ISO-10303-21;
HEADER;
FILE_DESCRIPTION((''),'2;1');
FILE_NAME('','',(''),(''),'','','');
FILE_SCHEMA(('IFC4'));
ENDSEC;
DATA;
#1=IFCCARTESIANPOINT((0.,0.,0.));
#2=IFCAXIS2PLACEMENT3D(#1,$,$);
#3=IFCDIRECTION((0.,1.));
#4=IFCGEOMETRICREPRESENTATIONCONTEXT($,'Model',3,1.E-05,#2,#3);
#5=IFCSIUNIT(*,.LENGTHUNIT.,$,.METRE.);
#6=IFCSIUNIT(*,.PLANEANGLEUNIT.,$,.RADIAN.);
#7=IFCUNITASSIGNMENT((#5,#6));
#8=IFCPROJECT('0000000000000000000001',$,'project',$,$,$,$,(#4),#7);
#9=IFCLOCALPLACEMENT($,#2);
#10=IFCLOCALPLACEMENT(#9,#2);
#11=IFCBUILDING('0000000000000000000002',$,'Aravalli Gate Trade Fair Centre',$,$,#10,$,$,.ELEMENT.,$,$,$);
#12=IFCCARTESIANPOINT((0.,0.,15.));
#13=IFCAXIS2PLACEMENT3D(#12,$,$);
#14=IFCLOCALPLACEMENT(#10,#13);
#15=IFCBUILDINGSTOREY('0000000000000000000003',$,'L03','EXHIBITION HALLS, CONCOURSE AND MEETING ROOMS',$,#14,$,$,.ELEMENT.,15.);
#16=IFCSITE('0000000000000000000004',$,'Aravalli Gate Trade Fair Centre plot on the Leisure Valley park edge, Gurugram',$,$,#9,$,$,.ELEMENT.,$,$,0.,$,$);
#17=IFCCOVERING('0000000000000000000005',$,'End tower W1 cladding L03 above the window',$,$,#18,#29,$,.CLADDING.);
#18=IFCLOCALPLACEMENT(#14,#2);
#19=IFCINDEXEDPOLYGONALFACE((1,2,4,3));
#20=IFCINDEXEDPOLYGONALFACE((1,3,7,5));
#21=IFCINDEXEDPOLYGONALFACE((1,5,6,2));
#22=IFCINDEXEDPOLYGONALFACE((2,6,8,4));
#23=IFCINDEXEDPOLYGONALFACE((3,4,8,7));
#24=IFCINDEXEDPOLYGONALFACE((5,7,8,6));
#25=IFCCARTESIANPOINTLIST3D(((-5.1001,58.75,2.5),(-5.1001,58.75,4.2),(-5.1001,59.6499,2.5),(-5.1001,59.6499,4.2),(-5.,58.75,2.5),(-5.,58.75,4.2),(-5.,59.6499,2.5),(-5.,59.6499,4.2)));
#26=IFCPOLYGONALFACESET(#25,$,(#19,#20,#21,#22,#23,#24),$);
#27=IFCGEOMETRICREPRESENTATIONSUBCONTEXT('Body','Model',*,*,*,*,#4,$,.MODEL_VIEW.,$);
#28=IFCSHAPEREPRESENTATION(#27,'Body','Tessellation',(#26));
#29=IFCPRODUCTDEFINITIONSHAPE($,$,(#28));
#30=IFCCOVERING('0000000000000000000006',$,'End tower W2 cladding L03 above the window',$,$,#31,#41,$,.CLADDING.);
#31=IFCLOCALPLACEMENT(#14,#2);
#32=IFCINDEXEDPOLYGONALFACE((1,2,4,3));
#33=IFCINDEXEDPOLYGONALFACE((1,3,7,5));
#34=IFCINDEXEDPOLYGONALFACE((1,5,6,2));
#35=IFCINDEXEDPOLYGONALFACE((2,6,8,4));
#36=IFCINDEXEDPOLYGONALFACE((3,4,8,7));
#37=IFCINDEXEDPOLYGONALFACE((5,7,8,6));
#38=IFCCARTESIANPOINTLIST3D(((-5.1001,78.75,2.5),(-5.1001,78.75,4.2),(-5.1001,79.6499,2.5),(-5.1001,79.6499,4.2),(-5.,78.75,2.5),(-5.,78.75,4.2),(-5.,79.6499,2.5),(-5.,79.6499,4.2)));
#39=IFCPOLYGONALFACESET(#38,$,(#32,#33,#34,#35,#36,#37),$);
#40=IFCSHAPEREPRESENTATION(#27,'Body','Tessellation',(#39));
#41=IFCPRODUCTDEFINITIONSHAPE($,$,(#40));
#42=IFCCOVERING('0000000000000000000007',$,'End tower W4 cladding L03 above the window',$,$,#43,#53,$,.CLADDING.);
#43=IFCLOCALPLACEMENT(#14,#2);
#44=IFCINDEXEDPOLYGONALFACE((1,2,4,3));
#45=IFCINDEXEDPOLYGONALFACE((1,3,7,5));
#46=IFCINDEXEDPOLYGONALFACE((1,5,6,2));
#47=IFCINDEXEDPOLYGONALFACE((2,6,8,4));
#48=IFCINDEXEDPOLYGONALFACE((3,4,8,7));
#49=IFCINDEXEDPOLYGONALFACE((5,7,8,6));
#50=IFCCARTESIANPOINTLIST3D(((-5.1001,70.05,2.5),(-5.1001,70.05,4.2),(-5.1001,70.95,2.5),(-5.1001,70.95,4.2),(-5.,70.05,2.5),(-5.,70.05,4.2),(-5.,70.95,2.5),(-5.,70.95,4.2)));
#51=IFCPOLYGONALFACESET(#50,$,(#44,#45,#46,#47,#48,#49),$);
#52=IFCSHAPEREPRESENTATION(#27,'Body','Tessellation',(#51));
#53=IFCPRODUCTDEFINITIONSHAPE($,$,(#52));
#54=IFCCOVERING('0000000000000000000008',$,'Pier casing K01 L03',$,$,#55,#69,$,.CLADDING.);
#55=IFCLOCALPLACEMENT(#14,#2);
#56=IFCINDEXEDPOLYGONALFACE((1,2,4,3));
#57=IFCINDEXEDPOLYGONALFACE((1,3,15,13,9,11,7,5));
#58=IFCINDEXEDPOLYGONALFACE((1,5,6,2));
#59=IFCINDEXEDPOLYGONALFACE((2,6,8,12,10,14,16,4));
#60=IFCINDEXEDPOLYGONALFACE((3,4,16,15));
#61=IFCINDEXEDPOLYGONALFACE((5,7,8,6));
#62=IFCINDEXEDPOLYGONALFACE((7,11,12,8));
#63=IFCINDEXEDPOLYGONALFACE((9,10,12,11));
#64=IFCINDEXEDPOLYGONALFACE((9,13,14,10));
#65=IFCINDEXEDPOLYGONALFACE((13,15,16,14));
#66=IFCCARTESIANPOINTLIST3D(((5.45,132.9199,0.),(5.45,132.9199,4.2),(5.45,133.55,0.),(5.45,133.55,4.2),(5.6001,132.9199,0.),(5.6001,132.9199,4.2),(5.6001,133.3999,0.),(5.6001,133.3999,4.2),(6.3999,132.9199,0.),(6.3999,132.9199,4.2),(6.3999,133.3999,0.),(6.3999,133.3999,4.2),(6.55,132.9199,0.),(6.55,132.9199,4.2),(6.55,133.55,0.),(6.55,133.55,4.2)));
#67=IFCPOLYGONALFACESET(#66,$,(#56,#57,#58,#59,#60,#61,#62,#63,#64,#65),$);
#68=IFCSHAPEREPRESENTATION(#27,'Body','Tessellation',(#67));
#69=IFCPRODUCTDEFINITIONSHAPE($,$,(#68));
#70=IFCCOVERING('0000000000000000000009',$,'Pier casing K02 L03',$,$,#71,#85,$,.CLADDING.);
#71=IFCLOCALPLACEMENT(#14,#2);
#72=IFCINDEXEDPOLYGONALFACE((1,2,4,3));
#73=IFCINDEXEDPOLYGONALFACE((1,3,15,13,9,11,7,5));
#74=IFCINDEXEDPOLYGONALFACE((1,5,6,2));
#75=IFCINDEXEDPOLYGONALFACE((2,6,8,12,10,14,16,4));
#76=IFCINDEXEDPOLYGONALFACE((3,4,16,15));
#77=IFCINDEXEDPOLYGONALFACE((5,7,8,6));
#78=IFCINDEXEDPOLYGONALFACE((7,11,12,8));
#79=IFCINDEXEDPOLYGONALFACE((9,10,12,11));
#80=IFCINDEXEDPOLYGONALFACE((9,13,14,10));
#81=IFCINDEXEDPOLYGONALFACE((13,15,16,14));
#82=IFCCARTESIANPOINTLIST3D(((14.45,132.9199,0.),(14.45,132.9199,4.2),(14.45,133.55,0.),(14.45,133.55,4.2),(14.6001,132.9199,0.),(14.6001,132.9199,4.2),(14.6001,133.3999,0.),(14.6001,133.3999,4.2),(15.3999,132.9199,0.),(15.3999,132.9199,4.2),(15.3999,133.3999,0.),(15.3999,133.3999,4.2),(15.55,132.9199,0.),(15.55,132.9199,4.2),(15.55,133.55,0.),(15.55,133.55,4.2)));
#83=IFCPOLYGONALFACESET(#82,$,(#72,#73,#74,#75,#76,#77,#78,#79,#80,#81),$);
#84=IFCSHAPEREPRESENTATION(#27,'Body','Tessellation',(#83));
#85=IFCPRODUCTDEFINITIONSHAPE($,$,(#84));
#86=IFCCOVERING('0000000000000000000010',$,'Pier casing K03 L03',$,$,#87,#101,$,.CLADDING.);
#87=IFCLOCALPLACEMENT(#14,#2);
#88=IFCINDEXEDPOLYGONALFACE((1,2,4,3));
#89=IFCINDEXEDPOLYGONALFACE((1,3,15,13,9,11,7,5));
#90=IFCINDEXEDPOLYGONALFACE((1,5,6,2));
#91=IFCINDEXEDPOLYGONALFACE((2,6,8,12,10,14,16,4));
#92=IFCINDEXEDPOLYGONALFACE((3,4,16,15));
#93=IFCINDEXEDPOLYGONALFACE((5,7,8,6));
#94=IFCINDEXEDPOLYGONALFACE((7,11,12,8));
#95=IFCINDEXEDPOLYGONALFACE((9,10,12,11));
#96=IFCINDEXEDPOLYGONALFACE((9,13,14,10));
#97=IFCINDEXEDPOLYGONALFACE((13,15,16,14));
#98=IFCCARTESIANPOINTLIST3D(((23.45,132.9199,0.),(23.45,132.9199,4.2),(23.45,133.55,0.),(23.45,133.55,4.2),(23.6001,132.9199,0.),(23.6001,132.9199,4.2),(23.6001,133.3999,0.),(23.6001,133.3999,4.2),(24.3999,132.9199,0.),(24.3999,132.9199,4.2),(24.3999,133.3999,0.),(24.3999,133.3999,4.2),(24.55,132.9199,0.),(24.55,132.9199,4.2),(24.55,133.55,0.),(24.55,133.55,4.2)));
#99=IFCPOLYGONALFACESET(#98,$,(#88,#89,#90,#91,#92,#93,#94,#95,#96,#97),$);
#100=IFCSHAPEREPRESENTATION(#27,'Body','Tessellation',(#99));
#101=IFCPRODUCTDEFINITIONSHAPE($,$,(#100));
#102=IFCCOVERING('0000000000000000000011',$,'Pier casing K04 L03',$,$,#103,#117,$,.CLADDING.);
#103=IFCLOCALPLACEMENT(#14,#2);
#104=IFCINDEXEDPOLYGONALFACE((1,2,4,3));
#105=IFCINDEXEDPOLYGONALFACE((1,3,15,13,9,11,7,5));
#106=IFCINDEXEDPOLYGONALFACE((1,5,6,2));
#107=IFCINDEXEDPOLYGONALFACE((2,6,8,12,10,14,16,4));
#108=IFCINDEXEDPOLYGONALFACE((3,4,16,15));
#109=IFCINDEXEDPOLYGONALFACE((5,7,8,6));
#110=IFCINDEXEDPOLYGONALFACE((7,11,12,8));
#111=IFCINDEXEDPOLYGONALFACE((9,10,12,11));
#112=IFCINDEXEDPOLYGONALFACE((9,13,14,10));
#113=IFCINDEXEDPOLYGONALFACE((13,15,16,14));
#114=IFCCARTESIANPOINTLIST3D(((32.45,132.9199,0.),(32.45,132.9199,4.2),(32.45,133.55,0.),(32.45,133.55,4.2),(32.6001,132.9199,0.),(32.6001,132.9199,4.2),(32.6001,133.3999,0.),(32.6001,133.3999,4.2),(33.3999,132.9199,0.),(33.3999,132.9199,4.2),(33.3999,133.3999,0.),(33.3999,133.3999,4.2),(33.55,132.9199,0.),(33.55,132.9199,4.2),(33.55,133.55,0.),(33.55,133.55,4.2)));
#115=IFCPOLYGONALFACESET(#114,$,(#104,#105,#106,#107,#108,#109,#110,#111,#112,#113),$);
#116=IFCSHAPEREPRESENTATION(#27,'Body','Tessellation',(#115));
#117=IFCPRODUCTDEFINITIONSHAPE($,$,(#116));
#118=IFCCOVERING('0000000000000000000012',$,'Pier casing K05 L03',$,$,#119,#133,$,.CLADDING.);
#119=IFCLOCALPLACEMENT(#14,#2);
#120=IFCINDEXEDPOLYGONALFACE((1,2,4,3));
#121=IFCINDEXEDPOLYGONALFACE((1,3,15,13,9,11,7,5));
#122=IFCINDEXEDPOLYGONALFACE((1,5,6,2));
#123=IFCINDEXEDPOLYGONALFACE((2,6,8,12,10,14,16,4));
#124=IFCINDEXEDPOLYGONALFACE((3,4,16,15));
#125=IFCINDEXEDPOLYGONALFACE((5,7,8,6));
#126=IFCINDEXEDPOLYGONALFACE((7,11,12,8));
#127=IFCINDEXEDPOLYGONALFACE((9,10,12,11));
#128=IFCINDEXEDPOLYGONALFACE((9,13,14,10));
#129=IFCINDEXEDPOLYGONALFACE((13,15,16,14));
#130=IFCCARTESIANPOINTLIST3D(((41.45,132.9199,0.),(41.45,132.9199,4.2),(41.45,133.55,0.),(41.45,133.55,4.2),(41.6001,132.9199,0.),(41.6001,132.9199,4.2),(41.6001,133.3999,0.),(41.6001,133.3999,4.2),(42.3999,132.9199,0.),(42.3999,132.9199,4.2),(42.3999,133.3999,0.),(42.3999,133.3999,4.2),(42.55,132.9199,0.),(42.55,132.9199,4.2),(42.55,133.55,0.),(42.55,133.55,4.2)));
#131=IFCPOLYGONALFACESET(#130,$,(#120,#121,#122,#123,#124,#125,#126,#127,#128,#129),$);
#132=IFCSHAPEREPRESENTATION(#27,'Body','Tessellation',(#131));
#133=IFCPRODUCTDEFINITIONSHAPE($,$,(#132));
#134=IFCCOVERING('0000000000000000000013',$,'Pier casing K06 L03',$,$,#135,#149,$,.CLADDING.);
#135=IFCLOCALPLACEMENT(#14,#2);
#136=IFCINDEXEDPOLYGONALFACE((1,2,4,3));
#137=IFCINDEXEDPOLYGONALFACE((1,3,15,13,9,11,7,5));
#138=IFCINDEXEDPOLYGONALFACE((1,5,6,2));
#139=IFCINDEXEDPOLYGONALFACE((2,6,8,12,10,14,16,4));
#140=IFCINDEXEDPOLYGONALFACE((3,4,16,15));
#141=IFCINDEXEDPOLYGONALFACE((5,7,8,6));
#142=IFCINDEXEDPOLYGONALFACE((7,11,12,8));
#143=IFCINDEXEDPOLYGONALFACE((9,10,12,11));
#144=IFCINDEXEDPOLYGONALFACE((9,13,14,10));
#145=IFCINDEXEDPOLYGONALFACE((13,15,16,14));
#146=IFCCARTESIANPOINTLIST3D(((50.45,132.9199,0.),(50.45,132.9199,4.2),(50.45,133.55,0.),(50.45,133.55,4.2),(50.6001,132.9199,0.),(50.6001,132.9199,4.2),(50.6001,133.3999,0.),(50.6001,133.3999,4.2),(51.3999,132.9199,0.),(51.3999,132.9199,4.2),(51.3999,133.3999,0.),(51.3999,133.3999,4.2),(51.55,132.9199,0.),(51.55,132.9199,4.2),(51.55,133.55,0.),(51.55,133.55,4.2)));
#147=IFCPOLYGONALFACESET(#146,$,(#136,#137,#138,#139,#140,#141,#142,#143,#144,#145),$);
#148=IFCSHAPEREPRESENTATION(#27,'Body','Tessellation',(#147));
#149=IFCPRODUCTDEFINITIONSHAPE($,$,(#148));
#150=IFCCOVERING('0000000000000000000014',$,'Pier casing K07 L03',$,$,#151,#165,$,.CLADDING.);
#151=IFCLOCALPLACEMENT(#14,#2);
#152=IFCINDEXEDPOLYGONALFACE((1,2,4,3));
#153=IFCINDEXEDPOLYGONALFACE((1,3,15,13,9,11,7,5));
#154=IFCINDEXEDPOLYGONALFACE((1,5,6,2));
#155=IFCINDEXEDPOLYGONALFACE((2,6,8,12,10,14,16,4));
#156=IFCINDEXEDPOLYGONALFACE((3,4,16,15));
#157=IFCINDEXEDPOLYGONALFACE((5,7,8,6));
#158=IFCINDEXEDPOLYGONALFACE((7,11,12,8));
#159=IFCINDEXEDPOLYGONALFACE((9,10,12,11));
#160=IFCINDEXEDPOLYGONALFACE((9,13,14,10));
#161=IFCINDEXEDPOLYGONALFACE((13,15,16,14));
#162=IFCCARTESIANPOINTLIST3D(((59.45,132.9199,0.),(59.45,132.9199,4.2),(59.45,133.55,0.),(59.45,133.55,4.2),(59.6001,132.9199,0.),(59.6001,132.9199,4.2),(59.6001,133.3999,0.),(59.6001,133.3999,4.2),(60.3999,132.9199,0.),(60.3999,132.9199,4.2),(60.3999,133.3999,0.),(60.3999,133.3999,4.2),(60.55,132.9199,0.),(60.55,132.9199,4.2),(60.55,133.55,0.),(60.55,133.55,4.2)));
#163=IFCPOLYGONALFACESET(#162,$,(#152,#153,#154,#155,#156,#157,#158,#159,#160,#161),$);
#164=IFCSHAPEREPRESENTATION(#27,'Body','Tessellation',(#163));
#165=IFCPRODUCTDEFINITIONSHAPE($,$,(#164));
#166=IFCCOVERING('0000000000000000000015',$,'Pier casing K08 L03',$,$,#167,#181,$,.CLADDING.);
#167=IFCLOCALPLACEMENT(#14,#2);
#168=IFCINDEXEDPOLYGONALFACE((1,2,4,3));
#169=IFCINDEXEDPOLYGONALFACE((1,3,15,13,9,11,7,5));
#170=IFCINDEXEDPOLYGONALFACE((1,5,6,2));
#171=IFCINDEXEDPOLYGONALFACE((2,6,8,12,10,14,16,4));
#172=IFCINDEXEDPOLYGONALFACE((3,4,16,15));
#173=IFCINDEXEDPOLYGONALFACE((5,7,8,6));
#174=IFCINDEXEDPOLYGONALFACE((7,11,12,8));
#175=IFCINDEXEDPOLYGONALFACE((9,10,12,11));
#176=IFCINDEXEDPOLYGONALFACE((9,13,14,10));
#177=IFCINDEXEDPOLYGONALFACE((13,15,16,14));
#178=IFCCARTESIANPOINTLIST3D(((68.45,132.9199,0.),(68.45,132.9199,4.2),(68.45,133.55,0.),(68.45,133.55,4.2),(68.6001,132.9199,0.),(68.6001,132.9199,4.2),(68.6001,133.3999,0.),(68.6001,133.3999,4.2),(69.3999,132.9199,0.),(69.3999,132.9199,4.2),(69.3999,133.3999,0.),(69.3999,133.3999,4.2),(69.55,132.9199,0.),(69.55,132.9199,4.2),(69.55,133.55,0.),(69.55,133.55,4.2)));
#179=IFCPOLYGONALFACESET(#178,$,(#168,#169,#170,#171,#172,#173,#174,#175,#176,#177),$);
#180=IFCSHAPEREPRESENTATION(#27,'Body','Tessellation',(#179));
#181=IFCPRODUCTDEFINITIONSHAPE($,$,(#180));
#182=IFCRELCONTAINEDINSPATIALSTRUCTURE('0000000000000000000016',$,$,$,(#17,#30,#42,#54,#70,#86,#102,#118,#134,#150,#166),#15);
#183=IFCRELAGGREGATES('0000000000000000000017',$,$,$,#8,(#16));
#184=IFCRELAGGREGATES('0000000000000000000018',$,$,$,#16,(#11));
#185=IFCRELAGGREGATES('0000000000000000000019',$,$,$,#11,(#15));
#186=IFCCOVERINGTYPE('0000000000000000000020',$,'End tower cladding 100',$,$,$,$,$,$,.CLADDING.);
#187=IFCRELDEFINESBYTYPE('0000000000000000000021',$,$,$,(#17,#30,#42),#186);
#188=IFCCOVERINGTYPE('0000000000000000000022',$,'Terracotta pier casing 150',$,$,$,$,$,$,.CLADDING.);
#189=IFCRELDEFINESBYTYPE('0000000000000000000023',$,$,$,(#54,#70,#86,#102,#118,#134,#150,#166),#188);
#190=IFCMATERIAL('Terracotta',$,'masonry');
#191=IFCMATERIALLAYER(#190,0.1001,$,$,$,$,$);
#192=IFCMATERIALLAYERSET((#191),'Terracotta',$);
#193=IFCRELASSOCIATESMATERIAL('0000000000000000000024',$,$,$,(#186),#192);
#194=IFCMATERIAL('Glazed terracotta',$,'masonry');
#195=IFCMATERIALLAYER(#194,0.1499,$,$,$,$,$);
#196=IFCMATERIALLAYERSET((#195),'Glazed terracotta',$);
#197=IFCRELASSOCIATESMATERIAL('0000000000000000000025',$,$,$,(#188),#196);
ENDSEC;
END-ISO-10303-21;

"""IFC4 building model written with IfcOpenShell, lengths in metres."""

from ifc_helpers import new_model, si_unit, direction, frame, origin, place, context, subcontext, project, spatial, polyline, outline, extrude, material, layer, layer_set, type_object, element, save


model = new_model("IFC4")

# Units and contexts
model_context = context("Model", 3, precision=1e-05, world=origin(), true_north=direction((0.0, 1.0)))
body_context = subcontext(model_context, "Body", "Model", "MODEL_VIEW")
ifc_project = project(units=[si_unit("LENGTHUNIT", "METRE"), si_unit("PLANEANGLEUNIT", "RADIAN")], contexts=[model_context])

# Site, building, storey
site_placement = place(None, origin())
site = spatial("IfcSite", under=ifc_project, at=site_placement, Name="Aravalli Gate Trade Fair Centre plot on the Leisure Valley park edge, Gurugram", CompositionType="ELEMENT", RefElevation=0.0)
building_placement = place(site_placement, origin())
building = spatial("IfcBuilding", under=site, at=building_placement, Name="Aravalli Gate Trade Fair Centre", CompositionType="ELEMENT")
storey_placement = place(building_placement, frame((0.0, 0.0, 15.0)))
storey = spatial("IfcBuildingStorey", under=building, at=storey_placement, Name="L03", Description="EXHIBITION HALLS, CONCOURSE AND MEETING ROOMS", CompositionType="ELEMENT", Elevation=15.0)

# Coverings
ifc_material_1 = material(Name="Terracotta", Category="masonry")
ifc_layer_1 = layer(ifc_material_1, 0.1001)
ifc_layer_set_1 = layer_set([ifc_layer_1], Name="Terracotta")
covering_type_1 = type_object("IfcCoveringType", Name="End tower cladding 100", PredefinedType="CLADDING", material=ifc_layer_set_1)
covering_1_placement = place(storey_placement, frame((0.0, 0.0, 2.5)))
element("IfcCovering", 1, at=covering_1_placement, inside=storey, type_object=covering_type_1, Name="End tower W1 cladding L03 above the window", PredefinedType="CLADDING", context=body_context, shape_type="SweptSolid", body=[
    extrude(outline(polyline([(-5.0, 58.75), (-5.1001, 58.75), (-5.1001, 59.6499), (-5.0, 59.6499), (-5.0, 58.75)])), origin(), (0.0, 0.0, 1.0), 1.7),
])
covering_2_placement = place(storey_placement, frame((0.0, 0.0, 2.5)))
element("IfcCovering", 2, at=covering_2_placement, inside=storey, type_object=covering_type_1, Name="End tower W2 cladding L03 above the window", PredefinedType="CLADDING", context=body_context, shape_type="SweptSolid", body=[
    extrude(outline(polyline([(-5.0, 78.75), (-5.1001, 78.75), (-5.1001, 79.6499), (-5.0, 79.6499), (-5.0, 78.75)])), origin(), (0.0, 0.0, 1.0), 1.7),
])
covering_3_placement = place(storey_placement, frame((0.0, 0.0, 2.5)))
element("IfcCovering", 3, at=covering_3_placement, inside=storey, type_object=covering_type_1, Name="End tower W4 cladding L03 above the window", PredefinedType="CLADDING", context=body_context, shape_type="SweptSolid", body=[
    extrude(outline(polyline([(-5.0, 70.05), (-5.1001, 70.05), (-5.1001, 70.95), (-5.0, 70.95), (-5.0, 70.05)])), origin(), (0.0, 0.0, 1.0), 1.7),
])
ifc_material_2 = material(Name="Glazed terracotta", Category="masonry")
ifc_layer_2 = layer(ifc_material_2, 0.1499)
ifc_layer_set_2 = layer_set([ifc_layer_2], Name="Glazed terracotta")
covering_type_2 = type_object("IfcCoveringType", Name="Terracotta pier casing 150", PredefinedType="CLADDING", material=ifc_layer_set_2)
covering_4_placement = place(storey_placement, origin())
element("IfcCovering", 4, at=covering_4_placement, inside=storey, type_object=covering_type_2, Name="Pier casing K01 L03", PredefinedType="CLADDING", context=body_context, shape_type="SweptSolid", body=[
    extrude(outline(polyline([(5.45, 132.9199), (5.6001, 132.9199), (5.6001, 133.3999), (6.3999, 133.3999), (6.3999, 132.9199), (6.55, 132.9199), (6.55, 133.55), (5.45, 133.55), (5.45, 132.9199)])), origin(), (0.0, 0.0, 1.0), 4.2),
])
covering_5_placement = place(storey_placement, origin())
element("IfcCovering", 5, at=covering_5_placement, inside=storey, type_object=covering_type_2, Name="Pier casing K02 L03", PredefinedType="CLADDING", context=body_context, shape_type="SweptSolid", body=[
    extrude(outline(polyline([(14.45, 132.9199), (14.6001, 132.9199), (14.6001, 133.3999), (15.3999, 133.3999), (15.3999, 132.9199), (15.55, 132.9199), (15.55, 133.55), (14.45, 133.55), (14.45, 132.9199)])), origin(), (0.0, 0.0, 1.0), 4.2),
])
covering_6_placement = place(storey_placement, origin())
element("IfcCovering", 6, at=covering_6_placement, inside=storey, type_object=covering_type_2, Name="Pier casing K03 L03", PredefinedType="CLADDING", context=body_context, shape_type="SweptSolid", body=[
    extrude(outline(polyline([(23.45, 132.9199), (23.6001, 132.9199), (23.6001, 133.3999), (24.3999, 133.3999), (24.3999, 132.9199), (24.55, 132.9199), (24.55, 133.55), (23.45, 133.55), (23.45, 132.9199)])), origin(), (0.0, 0.0, 1.0), 4.2),
])
covering_7_placement = place(storey_placement, origin())
element("IfcCovering", 7, at=covering_7_placement, inside=storey, type_object=covering_type_2, Name="Pier casing K04 L03", PredefinedType="CLADDING", context=body_context, shape_type="SweptSolid", body=[
    extrude(outline(polyline([(32.45, 132.9199), (32.6001, 132.9199), (32.6001, 133.3999), (33.3999, 133.3999), (33.3999, 132.9199), (33.55, 132.9199), (33.55, 133.55), (32.45, 133.55), (32.45, 132.9199)])), origin(), (0.0, 0.0, 1.0), 4.2),
])
covering_8_placement = place(storey_placement, origin())
element("IfcCovering", 8, at=covering_8_placement, inside=storey, type_object=covering_type_2, Name="Pier casing K05 L03", PredefinedType="CLADDING", context=body_context, shape_type="SweptSolid", body=[
    extrude(outline(polyline([(41.45, 132.9199), (41.6001, 132.9199), (41.6001, 133.3999), (42.3999, 133.3999), (42.3999, 132.9199), (42.55, 132.9199), (42.55, 133.55), (41.45, 133.55), (41.45, 132.9199)])), origin(), (0.0, 0.0, 1.0), 4.2),
])
covering_9_placement = place(storey_placement, origin())
element("IfcCovering", 9, at=covering_9_placement, inside=storey, type_object=covering_type_2, Name="Pier casing K06 L03", PredefinedType="CLADDING", context=body_context, shape_type="SweptSolid", body=[
    extrude(outline(polyline([(50.45, 132.9199), (50.6001, 132.9199), (50.6001, 133.3999), (51.3999, 133.3999), (51.3999, 132.9199), (51.55, 132.9199), (51.55, 133.55), (50.45, 133.55), (50.45, 132.9199)])), origin(), (0.0, 0.0, 1.0), 4.2),
])
covering_10_placement = place(storey_placement, origin())
element("IfcCovering", 10, at=covering_10_placement, inside=storey, type_object=covering_type_2, Name="Pier casing K07 L03", PredefinedType="CLADDING", context=body_context, shape_type="SweptSolid", body=[
    extrude(outline(polyline([(59.45, 132.9199), (59.6001, 132.9199), (59.6001, 133.3999), (60.3999, 133.3999), (60.3999, 132.9199), (60.55, 132.9199), (60.55, 133.55), (59.45, 133.55), (59.45, 132.9199)])), origin(), (0.0, 0.0, 1.0), 4.2),
])
covering_11_placement = place(storey_placement, origin())
element("IfcCovering", 11, at=covering_11_placement, inside=storey, type_object=covering_type_2, Name="Pier casing K08 L03", PredefinedType="CLADDING", context=body_context, shape_type="SweptSolid", body=[
    extrude(outline(polyline([(68.45, 132.9199), (68.6001, 132.9199), (68.6001, 133.3999), (69.3999, 133.3999), (69.3999, 132.9199), (69.55, 132.9199), (69.55, 133.55), (68.45, 133.55), (68.45, 132.9199)])), origin(), (0.0, 0.0, 1.0), 4.2),
])

save(model, "model.ifc")
